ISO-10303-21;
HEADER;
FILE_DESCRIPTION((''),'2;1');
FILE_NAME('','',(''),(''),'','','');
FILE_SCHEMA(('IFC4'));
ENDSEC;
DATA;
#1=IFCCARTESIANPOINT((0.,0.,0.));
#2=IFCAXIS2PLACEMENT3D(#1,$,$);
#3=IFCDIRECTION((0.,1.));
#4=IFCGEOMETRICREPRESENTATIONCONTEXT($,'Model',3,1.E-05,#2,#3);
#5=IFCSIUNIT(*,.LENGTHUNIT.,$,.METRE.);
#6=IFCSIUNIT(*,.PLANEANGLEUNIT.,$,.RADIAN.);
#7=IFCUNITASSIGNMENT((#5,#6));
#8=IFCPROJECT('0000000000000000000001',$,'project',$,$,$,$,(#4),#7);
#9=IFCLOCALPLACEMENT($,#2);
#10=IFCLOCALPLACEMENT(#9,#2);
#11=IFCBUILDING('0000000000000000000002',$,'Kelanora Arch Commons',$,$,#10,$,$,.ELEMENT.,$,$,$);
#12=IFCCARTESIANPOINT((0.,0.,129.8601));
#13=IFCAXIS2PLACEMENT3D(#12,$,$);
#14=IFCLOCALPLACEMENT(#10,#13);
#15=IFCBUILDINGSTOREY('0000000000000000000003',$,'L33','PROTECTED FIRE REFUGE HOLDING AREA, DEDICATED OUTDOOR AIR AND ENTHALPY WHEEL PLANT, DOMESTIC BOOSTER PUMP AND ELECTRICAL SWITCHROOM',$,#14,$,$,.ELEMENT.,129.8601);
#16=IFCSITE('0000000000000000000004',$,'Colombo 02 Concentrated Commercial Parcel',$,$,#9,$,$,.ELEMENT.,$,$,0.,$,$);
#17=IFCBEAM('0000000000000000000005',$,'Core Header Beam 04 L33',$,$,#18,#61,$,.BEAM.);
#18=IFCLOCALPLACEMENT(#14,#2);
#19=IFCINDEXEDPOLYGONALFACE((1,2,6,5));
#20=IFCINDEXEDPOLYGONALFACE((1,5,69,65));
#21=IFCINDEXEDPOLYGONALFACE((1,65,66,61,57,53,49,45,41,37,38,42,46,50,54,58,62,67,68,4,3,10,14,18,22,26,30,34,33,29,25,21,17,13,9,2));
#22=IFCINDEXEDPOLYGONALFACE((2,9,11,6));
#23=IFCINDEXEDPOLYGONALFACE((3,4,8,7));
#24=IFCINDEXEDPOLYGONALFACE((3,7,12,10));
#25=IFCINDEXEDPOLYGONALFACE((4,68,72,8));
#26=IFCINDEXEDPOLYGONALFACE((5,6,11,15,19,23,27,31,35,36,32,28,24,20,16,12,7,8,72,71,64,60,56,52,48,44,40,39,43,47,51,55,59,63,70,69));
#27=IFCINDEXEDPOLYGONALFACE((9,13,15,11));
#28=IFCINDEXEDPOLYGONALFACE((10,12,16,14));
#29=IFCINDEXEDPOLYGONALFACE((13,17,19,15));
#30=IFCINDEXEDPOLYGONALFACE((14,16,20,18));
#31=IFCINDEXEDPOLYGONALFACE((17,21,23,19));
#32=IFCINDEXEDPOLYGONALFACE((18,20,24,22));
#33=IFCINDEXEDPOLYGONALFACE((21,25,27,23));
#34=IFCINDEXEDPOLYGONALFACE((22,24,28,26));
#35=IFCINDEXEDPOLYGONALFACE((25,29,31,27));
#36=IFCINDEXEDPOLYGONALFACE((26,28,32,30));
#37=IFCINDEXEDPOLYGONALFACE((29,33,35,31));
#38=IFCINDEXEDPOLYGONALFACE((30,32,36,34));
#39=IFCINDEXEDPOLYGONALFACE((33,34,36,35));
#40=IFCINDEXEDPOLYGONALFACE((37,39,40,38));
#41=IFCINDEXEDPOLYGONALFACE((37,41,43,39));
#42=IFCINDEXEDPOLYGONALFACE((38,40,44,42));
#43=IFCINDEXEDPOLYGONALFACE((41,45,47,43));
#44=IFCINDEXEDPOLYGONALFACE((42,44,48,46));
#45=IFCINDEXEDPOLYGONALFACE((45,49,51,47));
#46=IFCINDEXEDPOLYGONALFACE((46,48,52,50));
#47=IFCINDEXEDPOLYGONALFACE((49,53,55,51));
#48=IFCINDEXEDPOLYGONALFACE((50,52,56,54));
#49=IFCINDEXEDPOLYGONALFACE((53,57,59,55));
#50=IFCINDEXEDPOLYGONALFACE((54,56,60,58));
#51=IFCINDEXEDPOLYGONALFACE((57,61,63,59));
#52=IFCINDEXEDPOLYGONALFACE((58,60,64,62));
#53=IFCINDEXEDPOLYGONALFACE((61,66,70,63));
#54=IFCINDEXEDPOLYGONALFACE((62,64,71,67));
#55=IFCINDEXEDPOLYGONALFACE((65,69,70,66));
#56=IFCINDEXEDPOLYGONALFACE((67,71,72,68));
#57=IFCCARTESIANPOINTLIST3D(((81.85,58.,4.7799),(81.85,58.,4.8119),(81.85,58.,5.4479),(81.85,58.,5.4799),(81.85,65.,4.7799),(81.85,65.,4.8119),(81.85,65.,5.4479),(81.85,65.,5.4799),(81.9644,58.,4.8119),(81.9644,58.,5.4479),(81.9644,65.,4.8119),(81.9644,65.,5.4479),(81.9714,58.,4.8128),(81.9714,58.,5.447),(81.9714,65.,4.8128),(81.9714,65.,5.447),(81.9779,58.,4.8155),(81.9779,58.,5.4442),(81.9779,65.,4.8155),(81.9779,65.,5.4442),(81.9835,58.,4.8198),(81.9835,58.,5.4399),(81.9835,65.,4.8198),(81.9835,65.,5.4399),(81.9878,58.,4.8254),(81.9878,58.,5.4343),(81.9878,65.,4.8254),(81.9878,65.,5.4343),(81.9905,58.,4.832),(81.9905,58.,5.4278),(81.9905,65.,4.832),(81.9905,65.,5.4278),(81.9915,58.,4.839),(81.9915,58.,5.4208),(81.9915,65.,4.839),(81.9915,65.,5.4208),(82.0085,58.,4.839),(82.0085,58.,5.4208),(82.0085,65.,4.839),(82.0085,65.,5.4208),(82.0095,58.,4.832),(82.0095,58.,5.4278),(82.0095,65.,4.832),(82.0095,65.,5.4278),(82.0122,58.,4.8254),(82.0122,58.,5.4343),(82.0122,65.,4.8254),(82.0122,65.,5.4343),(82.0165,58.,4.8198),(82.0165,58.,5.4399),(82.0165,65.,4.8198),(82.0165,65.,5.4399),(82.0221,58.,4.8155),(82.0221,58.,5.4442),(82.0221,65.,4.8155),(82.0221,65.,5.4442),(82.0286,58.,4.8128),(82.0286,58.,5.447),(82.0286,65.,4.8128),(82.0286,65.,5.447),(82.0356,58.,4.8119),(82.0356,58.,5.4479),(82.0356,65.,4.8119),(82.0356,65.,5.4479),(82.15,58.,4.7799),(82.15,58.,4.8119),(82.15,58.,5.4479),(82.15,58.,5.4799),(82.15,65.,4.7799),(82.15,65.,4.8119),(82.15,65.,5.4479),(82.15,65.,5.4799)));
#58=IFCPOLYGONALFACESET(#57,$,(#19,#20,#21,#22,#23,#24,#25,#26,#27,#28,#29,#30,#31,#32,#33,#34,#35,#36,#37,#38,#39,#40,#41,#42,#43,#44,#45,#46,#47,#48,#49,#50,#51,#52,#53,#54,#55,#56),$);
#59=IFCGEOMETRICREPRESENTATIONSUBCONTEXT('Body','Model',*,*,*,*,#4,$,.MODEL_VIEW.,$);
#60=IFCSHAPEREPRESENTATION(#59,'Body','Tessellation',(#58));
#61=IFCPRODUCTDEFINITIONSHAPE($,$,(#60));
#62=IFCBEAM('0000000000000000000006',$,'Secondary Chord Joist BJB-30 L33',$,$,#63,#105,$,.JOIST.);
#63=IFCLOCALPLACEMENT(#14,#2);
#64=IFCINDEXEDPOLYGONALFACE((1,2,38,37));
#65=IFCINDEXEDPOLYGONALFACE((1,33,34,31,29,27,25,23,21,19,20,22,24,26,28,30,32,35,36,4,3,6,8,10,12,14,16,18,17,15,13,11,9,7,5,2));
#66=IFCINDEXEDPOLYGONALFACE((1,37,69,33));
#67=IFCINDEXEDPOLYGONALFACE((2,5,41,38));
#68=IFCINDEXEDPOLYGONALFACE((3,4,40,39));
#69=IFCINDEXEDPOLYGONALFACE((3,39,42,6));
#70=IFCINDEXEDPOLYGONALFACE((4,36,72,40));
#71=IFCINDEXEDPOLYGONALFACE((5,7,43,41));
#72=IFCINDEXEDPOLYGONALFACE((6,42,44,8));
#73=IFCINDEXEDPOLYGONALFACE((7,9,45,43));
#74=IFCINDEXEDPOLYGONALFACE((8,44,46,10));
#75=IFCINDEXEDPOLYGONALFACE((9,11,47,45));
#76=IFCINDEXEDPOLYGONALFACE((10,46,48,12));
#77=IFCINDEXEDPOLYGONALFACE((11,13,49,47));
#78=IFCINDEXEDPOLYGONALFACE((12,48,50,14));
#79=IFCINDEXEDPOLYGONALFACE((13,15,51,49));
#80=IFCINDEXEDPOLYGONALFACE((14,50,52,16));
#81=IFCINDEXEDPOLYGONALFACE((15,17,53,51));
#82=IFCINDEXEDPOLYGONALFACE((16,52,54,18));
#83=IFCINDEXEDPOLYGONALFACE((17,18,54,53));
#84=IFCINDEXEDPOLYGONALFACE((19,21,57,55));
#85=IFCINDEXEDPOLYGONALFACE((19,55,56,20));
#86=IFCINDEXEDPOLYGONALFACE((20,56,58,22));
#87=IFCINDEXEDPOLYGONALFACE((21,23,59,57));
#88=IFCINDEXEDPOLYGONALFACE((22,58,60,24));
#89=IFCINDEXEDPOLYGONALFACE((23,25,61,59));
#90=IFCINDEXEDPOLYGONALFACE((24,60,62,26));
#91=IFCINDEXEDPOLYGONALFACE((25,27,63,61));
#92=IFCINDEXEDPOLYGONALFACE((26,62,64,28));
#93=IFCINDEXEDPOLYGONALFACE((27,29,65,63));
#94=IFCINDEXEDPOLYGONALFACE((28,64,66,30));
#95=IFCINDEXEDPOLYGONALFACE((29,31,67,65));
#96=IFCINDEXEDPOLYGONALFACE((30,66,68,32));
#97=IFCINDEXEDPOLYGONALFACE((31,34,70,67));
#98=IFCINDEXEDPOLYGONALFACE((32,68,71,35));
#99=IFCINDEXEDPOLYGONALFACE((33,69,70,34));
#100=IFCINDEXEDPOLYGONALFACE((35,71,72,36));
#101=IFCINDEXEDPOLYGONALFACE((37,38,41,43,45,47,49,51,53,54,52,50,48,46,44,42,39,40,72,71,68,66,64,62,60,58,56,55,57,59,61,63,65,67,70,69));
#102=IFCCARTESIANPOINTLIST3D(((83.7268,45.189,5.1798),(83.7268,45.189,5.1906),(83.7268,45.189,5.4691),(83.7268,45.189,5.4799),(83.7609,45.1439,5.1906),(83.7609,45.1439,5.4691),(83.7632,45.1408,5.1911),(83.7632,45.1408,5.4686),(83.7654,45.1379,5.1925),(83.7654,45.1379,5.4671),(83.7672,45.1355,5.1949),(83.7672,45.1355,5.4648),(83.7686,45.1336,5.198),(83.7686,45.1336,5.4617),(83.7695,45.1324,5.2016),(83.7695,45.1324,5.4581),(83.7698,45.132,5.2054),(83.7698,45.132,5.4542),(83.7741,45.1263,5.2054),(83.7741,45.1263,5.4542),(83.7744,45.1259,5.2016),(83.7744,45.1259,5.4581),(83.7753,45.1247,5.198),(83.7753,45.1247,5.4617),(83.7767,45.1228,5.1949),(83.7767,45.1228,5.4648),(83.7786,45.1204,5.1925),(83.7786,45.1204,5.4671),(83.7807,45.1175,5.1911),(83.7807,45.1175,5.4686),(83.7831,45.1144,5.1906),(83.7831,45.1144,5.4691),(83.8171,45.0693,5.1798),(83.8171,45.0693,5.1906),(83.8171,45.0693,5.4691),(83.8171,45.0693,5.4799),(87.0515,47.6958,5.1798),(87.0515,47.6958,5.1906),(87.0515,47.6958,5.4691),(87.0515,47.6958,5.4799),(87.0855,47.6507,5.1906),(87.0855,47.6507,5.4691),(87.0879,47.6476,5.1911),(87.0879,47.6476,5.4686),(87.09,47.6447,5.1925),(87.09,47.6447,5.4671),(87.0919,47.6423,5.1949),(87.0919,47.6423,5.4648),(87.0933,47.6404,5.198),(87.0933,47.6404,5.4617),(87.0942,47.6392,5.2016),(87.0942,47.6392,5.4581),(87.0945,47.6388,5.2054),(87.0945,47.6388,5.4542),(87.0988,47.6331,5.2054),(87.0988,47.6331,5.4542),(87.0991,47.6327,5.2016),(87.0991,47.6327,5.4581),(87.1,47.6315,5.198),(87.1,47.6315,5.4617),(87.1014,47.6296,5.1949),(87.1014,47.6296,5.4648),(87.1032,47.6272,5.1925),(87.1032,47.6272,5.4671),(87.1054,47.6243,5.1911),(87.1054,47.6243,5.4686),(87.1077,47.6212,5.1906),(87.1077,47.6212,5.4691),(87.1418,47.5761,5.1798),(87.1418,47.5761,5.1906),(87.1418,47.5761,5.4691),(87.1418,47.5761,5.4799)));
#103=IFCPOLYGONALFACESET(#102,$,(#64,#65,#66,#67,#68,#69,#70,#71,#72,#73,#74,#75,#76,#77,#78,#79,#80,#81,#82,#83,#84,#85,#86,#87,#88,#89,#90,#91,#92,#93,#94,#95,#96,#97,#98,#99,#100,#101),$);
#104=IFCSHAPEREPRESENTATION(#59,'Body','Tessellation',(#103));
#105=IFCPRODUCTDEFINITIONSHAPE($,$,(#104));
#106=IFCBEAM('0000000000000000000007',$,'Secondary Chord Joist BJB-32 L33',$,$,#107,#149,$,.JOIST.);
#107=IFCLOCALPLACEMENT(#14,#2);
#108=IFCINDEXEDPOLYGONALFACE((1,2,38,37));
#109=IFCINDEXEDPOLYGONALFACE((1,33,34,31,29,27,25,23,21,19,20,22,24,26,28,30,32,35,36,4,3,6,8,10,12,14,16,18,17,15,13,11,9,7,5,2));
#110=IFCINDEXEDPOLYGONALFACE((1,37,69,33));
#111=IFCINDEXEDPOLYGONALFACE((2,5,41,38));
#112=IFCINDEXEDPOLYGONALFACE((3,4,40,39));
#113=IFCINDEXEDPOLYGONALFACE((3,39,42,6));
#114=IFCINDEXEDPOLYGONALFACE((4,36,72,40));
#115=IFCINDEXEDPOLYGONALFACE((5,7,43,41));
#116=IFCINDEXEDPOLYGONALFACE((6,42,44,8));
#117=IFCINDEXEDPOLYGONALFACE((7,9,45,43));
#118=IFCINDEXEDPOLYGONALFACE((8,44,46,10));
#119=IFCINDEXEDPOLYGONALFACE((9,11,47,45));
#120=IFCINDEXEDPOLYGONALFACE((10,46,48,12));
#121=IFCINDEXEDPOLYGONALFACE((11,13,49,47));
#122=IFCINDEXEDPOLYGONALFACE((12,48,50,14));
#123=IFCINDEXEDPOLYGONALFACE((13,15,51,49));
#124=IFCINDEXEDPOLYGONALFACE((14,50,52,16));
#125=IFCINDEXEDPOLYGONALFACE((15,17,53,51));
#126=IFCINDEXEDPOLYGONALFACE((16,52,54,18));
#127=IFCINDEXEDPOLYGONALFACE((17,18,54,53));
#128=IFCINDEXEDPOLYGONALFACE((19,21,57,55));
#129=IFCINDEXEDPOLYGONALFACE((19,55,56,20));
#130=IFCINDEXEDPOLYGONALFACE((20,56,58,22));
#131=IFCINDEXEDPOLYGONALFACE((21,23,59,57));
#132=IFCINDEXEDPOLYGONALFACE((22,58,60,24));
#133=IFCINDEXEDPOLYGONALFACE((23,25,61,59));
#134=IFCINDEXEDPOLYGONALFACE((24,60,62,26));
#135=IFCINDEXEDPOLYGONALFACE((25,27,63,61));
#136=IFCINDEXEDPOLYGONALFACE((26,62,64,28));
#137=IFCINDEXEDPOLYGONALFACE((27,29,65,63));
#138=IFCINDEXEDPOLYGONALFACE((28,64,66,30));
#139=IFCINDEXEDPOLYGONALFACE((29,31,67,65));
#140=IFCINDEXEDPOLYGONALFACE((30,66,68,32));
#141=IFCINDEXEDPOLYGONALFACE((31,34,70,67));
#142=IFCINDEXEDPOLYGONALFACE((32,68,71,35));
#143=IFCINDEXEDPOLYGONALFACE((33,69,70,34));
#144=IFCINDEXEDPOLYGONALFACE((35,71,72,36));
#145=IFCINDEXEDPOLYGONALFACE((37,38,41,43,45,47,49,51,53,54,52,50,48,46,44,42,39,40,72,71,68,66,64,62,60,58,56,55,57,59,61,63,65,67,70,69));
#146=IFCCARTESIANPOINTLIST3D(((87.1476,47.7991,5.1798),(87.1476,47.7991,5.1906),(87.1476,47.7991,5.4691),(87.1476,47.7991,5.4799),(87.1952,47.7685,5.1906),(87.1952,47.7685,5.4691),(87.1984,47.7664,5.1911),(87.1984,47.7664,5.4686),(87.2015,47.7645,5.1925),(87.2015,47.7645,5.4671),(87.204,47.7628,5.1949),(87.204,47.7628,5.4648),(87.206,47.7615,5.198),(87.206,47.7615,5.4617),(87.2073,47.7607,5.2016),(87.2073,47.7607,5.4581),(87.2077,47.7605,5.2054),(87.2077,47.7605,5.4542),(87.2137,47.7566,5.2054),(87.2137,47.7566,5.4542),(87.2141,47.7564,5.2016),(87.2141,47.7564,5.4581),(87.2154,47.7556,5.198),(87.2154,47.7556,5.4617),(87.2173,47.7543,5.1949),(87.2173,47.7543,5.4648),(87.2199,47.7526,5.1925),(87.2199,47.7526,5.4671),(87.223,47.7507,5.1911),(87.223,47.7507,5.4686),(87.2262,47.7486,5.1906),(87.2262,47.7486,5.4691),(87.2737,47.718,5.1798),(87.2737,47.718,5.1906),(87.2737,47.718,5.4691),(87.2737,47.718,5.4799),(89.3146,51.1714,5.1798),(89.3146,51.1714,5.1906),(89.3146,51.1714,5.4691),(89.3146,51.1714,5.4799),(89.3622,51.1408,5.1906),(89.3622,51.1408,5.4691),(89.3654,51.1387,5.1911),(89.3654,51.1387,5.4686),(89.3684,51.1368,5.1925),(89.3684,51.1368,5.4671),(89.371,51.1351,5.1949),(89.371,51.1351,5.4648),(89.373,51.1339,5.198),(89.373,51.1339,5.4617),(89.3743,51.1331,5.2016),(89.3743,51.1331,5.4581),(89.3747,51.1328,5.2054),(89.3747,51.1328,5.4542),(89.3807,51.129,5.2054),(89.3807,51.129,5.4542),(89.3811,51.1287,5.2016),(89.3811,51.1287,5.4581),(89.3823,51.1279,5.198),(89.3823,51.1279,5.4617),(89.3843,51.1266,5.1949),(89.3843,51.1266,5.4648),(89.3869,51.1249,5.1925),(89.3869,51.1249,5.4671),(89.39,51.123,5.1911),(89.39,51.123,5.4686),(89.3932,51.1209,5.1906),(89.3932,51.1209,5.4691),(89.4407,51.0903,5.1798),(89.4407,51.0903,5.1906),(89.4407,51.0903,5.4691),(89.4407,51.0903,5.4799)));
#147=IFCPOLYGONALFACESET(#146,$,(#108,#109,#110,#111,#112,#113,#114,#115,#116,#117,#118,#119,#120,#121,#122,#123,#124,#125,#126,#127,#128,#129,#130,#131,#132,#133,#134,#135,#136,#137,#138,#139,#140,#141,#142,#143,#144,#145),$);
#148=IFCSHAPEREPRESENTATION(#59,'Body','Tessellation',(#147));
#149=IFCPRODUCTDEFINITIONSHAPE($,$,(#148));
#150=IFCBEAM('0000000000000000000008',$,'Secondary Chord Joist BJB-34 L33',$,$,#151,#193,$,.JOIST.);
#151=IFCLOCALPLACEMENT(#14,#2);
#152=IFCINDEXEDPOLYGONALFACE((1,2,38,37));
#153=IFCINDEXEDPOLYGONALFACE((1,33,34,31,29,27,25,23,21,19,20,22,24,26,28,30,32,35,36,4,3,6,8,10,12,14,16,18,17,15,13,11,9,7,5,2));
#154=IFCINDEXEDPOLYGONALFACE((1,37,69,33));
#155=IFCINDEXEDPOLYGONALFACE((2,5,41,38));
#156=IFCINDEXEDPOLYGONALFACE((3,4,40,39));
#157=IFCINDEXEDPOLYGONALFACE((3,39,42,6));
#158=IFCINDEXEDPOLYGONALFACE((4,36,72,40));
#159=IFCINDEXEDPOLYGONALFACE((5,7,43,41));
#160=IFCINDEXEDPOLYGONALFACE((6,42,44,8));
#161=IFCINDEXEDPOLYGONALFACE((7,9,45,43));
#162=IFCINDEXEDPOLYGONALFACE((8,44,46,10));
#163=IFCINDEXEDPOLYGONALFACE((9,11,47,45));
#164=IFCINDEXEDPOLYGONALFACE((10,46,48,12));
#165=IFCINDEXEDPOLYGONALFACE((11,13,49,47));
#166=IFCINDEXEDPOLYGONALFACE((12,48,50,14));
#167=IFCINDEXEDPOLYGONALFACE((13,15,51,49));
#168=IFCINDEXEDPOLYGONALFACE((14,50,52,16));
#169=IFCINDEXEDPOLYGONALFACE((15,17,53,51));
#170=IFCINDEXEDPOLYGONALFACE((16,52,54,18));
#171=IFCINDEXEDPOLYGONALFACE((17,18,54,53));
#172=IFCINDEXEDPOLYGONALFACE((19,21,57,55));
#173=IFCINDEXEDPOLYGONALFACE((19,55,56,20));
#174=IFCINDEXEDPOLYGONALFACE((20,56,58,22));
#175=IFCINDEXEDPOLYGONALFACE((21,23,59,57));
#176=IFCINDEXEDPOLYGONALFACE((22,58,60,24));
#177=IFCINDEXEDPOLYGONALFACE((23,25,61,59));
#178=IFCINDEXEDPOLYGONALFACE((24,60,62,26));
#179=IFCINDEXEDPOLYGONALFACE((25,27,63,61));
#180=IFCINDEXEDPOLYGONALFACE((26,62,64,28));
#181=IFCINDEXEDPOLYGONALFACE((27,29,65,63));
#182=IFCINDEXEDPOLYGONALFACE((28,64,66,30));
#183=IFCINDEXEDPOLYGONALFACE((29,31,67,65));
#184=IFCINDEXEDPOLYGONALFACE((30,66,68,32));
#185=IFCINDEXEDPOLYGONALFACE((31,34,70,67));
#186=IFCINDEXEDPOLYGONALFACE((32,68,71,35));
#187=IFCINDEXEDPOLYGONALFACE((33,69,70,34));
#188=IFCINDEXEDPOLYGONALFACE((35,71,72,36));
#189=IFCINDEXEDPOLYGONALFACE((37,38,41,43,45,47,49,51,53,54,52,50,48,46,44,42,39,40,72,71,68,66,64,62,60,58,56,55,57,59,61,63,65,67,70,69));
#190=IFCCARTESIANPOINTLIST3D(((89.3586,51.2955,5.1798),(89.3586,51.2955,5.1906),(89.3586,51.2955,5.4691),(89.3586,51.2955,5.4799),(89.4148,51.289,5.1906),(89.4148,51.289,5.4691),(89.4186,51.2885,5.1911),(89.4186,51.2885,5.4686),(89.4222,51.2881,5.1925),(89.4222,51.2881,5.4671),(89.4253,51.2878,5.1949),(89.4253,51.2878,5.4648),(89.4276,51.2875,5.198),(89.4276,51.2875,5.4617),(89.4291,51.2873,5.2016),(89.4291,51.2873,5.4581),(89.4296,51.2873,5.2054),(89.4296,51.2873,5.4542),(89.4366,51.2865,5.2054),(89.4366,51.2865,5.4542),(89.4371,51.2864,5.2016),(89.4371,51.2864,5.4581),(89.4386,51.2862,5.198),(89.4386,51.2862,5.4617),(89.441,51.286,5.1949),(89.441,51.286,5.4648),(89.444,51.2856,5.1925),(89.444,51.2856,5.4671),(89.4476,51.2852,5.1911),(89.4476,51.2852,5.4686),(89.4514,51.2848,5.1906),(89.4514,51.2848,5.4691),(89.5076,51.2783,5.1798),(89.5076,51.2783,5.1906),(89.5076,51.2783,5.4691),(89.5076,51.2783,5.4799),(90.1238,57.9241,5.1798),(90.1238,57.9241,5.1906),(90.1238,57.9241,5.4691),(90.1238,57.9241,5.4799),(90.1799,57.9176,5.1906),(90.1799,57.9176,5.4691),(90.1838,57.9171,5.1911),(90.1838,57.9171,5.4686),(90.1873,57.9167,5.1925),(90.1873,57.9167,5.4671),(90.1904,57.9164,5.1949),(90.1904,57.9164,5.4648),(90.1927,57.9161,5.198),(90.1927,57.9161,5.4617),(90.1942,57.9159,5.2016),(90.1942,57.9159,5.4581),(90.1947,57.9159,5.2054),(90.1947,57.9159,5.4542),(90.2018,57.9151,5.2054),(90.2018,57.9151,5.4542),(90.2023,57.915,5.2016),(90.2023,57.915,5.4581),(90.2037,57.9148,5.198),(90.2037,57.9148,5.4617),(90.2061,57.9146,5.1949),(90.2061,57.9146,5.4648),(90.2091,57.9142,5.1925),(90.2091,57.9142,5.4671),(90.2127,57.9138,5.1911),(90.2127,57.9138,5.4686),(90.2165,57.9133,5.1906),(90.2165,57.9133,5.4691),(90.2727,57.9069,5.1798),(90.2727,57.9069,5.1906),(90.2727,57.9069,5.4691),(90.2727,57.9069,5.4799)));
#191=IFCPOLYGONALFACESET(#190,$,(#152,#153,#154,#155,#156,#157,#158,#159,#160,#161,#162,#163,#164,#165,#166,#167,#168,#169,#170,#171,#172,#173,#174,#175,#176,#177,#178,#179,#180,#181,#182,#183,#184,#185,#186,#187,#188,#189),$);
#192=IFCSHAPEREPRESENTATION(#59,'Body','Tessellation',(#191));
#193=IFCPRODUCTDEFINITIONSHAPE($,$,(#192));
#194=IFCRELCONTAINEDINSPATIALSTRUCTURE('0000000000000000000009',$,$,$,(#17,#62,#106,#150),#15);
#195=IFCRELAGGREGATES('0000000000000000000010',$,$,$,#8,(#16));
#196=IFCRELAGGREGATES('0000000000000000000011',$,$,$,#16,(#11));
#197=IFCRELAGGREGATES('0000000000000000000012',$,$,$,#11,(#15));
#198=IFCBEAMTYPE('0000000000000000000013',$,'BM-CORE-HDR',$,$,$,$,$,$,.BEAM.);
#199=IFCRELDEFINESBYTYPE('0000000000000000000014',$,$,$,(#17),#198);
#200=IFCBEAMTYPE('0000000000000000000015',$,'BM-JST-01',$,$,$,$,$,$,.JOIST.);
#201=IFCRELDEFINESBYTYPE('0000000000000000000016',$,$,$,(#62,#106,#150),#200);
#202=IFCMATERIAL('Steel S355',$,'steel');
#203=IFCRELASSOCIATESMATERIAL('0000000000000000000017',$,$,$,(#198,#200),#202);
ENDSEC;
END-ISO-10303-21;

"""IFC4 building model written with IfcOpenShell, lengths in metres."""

from ifc_helpers import new_model, si_unit, direction, frame, origin, origin_2d, place, context, subcontext, project, spatial, i_section, extrude, material, material_profile, profile_set, type_object, element, save


model = new_model("IFC4")

# Units and contexts
model_context = context("Model", 3, precision=1e-05, world=origin(), true_north=direction((0.0, 1.0)))
body_context = subcontext(model_context, "Body", "Model", "MODEL_VIEW")
ifc_project = project(units=[si_unit("LENGTHUNIT", "METRE"), si_unit("PLANEANGLEUNIT", "RADIAN")], contexts=[model_context])

# Site, building, storey
site_placement = place(None, origin())
site = spatial("IfcSite", under=ifc_project, at=site_placement, Name="Colombo 02 Concentrated Commercial Parcel", CompositionType="ELEMENT", RefElevation=0.0)
building_placement = place(site_placement, origin())
building = spatial("IfcBuilding", under=site, at=building_placement, Name="Kelanora Arch Commons", CompositionType="ELEMENT")
storey_placement = place(building_placement, frame((0.0, 0.0, 129.8601)))
storey = spatial("IfcBuildingStorey", under=building, at=storey_placement, Name="L33", Description="PROTECTED FIRE REFUGE HOLDING AREA, DEDICATED OUTDOOR AIR AND ENTHALPY WHEEL PLANT, DOMESTIC BOOSTER PUMP AND ELECTRICAL SWITCHROOM", CompositionType="ELEMENT", Elevation=129.8601)

# Beams
ifc_material_1 = material(Name="Steel S355", Category="steel")
ifc_material_profile_1 = material_profile(ifc_material_1, i_section(OverallWidth=0.3, OverallDepth=0.7, WebThickness=0.0171, FlangeThickness=0.032, FilletRadius=0.0271, at=origin_2d()), Name="HEB700")
ifc_profile_set_1 = profile_set([ifc_material_profile_1], Name="Steel S355")
beam_type_1 = type_object("IfcBeamType", Name="BM-CORE-HDR", PredefinedType="BEAM", material=ifc_profile_set_1)
beam_1_placement = place(storey_placement, frame((82.0, 58.0, 5.1299), z_axis=(0.0, 1.0, 0.0), x_axis=(-1.0, 0.0, 0.0)))
element("IfcBeam", 1, at=beam_1_placement, inside=storey, type_object=beam_type_1, Name="Core Header Beam 04 L33", PredefinedType="BEAM", context=body_context, shape_type="SweptSolid", body=[
    extrude(i_section(OverallWidth=0.3, OverallDepth=0.7, WebThickness=0.0171, FlangeThickness=0.032, FilletRadius=0.0271, at=origin_2d()), origin(), (0.0, 0.0, 1.0), 7.0),
])
ifc_material_profile_2 = material_profile(ifc_material_1, i_section(OverallWidth=0.1499, OverallDepth=0.3, WebThickness=0.0071, FlangeThickness=0.0107, FilletRadius=0.0149, at=origin_2d()), Name="IPE300")
ifc_profile_set_2 = profile_set([ifc_material_profile_2], Name="Steel S355")
beam_type_2 = type_object("IfcBeamType", Name="BM-JST-01", PredefinedType="JOIST", material=ifc_profile_set_2)
beam_2_placement = place(storey_placement, frame((83.772, 45.1292, 5.3298), z_axis=(0.798464, 0.602043, 0.0), x_axis=(-0.602043, 0.798464, 0.0)))
element("IfcBeam", 2, at=beam_2_placement, inside=storey, type_object=beam_type_2, Name="Secondary Chord Joist BJB-30 L33", PredefinedType="JOIST", context=body_context, shape_type="SweptSolid", body=[
    extrude(i_section(OverallWidth=0.1499, OverallDepth=0.3, WebThickness=0.0071, FlangeThickness=0.0107, FilletRadius=0.0149, at=origin_2d()), origin(), (0.0, 0.0, 1.0), 4.1638),
])
beam_3_placement = place(storey_placement, frame((87.2107, 47.7585, 5.3298), z_axis=(0.540594, 0.841283, 0.0), x_axis=(-0.841283, 0.540594, 0.0)))
element("IfcBeam", 3, at=beam_3_placement, inside=storey, type_object=beam_type_2, Name="Secondary Chord Joist BJB-32 L33", PredefinedType="JOIST", context=body_context, shape_type="SweptSolid", body=[
    extrude(i_section(OverallWidth=0.1499, OverallDepth=0.3, WebThickness=0.0071, FlangeThickness=0.0107, FilletRadius=0.0149, at=origin_2d()), origin(), (0.0, 0.0, 1.0), 4.0085),
])
beam_4_placement = place(storey_placement, frame((89.4331, 51.2869, 5.3298), z_axis=(0.114667, 0.993404, 0.0), x_axis=(-0.993404, 0.114667, 0.0)))
element("IfcBeam", 4, at=beam_4_placement, inside=storey, type_object=beam_type_2, Name="Secondary Chord Joist BJB-34 L33", PredefinedType="JOIST", context=body_context, shape_type="SweptSolid", body=[
    extrude(i_section(OverallWidth=0.1499, OverallDepth=0.3, WebThickness=0.0071, FlangeThickness=0.0107, FilletRadius=0.0149, at=origin_2d()), origin(), (0.0, 0.0, 1.0), 6.6726),
])

save(model, "model.ifc")
